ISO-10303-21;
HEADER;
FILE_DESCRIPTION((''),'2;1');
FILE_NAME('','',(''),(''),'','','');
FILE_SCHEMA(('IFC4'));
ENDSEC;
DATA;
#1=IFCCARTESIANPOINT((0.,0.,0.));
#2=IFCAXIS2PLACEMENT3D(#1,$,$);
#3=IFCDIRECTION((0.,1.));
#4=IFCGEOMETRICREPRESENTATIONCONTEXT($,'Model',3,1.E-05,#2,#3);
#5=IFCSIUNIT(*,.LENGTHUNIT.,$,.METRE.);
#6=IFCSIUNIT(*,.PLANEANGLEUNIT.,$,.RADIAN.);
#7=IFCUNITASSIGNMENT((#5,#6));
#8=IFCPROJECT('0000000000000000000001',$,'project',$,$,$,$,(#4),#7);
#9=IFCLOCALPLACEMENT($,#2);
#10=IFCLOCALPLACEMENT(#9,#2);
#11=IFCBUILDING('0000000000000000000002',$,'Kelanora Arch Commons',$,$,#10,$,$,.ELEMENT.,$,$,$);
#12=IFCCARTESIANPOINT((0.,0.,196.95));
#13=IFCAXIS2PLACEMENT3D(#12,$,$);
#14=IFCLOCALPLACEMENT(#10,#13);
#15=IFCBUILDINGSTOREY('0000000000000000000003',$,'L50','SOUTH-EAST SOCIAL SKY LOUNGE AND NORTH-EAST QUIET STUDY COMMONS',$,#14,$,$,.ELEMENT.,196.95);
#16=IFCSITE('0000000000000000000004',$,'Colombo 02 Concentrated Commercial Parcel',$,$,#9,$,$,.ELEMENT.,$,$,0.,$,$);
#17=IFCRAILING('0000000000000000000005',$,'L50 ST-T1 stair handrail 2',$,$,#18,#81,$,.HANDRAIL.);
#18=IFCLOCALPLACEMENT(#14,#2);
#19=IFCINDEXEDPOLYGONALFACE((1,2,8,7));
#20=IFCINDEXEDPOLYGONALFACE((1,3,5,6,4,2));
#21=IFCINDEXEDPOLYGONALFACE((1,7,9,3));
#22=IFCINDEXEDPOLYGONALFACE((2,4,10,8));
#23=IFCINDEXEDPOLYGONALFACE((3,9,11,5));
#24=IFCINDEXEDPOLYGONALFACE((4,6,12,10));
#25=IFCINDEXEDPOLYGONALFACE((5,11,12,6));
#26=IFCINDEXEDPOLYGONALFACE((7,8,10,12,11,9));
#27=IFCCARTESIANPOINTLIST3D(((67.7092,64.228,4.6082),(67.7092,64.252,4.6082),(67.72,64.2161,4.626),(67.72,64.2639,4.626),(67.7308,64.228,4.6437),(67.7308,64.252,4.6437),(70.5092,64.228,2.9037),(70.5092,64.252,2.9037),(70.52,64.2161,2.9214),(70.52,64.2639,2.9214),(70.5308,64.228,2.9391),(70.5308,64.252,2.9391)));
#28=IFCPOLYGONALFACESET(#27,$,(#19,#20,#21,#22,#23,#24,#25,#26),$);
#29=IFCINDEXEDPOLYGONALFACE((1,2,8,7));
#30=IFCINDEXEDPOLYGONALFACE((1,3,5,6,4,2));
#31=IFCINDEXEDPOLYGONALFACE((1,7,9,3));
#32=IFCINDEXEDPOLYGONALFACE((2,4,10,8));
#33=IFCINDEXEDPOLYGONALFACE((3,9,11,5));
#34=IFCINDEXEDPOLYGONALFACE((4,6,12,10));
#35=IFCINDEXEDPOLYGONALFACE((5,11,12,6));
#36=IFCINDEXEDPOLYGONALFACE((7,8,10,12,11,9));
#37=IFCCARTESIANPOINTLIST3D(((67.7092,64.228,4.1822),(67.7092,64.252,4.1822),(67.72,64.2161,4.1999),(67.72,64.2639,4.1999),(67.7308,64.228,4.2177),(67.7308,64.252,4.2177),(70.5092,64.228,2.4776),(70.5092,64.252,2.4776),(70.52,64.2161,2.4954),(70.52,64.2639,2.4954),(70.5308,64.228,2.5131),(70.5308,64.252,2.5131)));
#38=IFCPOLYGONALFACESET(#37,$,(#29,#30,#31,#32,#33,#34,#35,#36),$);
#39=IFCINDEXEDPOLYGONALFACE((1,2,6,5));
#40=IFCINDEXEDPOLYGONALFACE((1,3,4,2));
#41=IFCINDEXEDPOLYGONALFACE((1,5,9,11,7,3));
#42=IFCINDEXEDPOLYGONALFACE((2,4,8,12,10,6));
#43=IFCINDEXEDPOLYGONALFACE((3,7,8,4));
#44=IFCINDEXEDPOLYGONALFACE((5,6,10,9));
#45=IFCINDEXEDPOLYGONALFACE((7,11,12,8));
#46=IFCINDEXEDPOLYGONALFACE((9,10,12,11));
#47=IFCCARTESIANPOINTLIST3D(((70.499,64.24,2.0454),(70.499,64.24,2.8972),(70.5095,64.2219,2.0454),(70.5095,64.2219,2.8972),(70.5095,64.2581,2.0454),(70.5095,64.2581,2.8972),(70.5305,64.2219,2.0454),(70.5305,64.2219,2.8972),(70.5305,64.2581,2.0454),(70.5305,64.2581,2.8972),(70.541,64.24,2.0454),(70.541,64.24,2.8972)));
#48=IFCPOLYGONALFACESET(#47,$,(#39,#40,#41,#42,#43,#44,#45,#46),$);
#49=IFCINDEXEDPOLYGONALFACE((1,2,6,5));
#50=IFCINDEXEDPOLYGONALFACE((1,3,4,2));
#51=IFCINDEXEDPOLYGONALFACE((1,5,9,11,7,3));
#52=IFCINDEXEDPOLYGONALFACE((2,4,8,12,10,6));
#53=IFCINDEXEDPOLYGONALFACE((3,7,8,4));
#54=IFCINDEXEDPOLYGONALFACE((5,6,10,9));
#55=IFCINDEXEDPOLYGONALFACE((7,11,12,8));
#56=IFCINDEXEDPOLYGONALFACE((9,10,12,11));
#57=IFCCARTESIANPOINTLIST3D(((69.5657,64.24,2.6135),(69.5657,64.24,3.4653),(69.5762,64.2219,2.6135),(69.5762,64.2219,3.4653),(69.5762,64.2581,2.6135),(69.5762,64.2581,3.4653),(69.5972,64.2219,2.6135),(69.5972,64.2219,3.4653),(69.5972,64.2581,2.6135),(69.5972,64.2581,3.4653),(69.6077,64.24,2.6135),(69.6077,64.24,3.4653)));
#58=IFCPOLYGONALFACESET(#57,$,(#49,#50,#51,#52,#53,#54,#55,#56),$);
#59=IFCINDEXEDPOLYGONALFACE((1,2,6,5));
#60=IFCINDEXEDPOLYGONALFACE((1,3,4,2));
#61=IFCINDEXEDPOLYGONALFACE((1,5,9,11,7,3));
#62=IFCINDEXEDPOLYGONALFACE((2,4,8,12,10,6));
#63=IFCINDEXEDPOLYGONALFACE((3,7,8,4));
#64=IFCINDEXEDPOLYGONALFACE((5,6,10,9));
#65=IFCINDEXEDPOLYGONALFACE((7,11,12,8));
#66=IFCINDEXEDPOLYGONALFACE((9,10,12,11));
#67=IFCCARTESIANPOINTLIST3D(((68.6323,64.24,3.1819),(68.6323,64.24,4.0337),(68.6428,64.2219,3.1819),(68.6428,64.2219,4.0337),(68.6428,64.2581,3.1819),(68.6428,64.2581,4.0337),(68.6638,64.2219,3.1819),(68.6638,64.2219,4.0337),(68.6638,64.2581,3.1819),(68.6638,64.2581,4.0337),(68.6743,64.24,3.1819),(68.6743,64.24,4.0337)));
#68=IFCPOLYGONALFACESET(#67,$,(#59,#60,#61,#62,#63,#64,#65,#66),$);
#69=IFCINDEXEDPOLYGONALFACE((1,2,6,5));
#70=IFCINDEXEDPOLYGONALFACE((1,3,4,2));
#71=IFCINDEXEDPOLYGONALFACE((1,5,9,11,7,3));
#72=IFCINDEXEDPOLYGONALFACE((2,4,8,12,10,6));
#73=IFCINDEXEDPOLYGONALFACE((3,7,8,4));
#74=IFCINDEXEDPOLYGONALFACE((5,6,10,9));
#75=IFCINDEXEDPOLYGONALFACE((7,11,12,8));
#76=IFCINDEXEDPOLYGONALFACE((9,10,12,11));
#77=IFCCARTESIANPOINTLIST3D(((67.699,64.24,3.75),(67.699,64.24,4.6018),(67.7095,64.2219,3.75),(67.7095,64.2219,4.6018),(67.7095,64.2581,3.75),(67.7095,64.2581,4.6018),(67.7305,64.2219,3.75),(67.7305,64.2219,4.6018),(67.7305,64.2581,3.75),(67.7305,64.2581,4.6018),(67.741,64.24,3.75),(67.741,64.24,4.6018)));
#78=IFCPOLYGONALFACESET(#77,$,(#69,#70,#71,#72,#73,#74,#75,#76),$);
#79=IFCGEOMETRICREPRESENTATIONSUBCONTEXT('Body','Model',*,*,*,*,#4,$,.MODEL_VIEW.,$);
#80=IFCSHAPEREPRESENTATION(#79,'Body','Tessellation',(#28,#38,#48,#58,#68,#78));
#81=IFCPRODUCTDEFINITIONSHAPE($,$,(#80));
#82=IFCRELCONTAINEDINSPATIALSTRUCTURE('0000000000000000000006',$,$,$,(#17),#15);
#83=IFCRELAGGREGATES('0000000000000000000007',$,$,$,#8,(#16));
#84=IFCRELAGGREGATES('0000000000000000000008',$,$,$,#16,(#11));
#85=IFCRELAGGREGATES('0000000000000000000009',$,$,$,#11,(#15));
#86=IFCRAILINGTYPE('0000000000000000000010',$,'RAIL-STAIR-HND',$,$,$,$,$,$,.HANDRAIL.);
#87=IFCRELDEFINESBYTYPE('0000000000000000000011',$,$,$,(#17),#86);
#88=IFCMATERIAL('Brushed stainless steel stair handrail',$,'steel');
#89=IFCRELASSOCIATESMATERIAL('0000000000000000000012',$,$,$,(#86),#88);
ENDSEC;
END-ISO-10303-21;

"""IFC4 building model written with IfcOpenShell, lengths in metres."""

from ifc_helpers import new_model, si_unit, direction, frame, origin, place, context, subcontext, project, spatial, polyline, outline, extrude, material, type_object, element, save


model = new_model("IFC4")

# Units and contexts
model_context = context("Model", 3, precision=1e-05, world=origin(), true_north=direction((0.0, 1.0)))
body_context = subcontext(model_context, "Body", "Model", "MODEL_VIEW")
ifc_project = project(units=[si_unit("LENGTHUNIT", "METRE"), si_unit("PLANEANGLEUNIT", "RADIAN")], contexts=[model_context])

# Site, building, storey
site_placement = place(None, origin())
site = spatial("IfcSite", under=ifc_project, at=site_placement, Name="Colombo 02 Concentrated Commercial Parcel", CompositionType="ELEMENT", RefElevation=0.0)
building_placement = place(site_placement, origin())
building = spatial("IfcBuilding", under=site, at=building_placement, Name="Kelanora Arch Commons", CompositionType="ELEMENT")
storey_placement = place(building_placement, frame((0.0, 0.0, 196.95)))
storey = spatial("IfcBuildingStorey", under=building, at=storey_placement, Name="L50", Description="SOUTH-EAST SOCIAL SKY LOUNGE AND NORTH-EAST QUIET STUDY COMMONS", CompositionType="ELEMENT", Elevation=196.95)

# Railing
ifc_material_1 = material(Name="Brushed stainless steel stair handrail", Category="steel")
railing_type_1 = type_object("IfcRailingType", Name="RAIL-STAIR-HND", PredefinedType="HANDRAIL", material=ifc_material_1)
railing_1_placement = place(storey_placement, frame((70.52, 64.24, 2.0454)))
element("IfcRailing", 1, at=railing_1_placement, inside=storey, type_object=railing_type_1, Name="L50 ST-T1 stair handrail 2", PredefinedType="HANDRAIL", context=body_context, shape_type="SweptSolid", body=[
    extrude(outline(polyline([(0.0239, 0.0), (0.012, 0.0208), (-0.012, 0.0208), (-0.0239, 0.0), (-0.012, -0.0208), (0.012, -0.0208), (0.0239, 0.0)])), frame((0.0, 0.0, 0.876), z_axis=(-0.85417, 0.0, 0.519994), x_axis=(0.0, -1.0, 0.0)), (0.0, 0.0, 1.0), 3.2781),
    extrude(outline(polyline([(0.0239, 0.0), (0.012, 0.0208), (-0.012, 0.0208), (-0.0239, 0.0), (-0.012, -0.0208), (0.012, -0.0208), (0.0239, 0.0)])), frame((0.0, 0.0, 0.45), z_axis=(-0.85417, 0.0, 0.519994), x_axis=(0.0, -1.0, 0.0)), (0.0, 0.0, 1.0), 3.2781),
    extrude(outline(polyline([(0.021, 0.0), (0.0105, 0.0181), (-0.0105, 0.0181), (-0.021, 0.0), (-0.0105, -0.0181), (0.0105, -0.0181), (0.021, 0.0)])), origin(), (0.0, 0.0, 1.0), 0.8518),
    extrude(outline(polyline([(0.021, 0.0), (0.0105, 0.0181), (-0.0105, 0.0181), (-0.021, 0.0), (-0.0105, -0.0181), (0.0105, -0.0181), (0.021, 0.0)])), frame((-0.9333, 0.0, 0.5681)), (0.0, 0.0, 1.0), 0.8518),
    extrude(outline(polyline([(0.021, 0.0), (0.0105, 0.0181), (-0.0105, 0.0181), (-0.021, 0.0), (-0.0105, -0.0181), (0.0105, -0.0181), (0.021, 0.0)])), frame((-1.8667, 0.0, 1.1365)), (0.0, 0.0, 1.0), 0.8518),
    extrude(outline(polyline([(0.021, 0.0), (0.0105, 0.0181), (-0.0105, 0.0181), (-0.021, 0.0), (-0.0105, -0.0181), (0.0105, -0.0181), (0.021, 0.0)])), frame((-2.8, 0.0, 1.7046)), (0.0, 0.0, 1.0), 0.8518),
])

save(model, "model.ifc")
